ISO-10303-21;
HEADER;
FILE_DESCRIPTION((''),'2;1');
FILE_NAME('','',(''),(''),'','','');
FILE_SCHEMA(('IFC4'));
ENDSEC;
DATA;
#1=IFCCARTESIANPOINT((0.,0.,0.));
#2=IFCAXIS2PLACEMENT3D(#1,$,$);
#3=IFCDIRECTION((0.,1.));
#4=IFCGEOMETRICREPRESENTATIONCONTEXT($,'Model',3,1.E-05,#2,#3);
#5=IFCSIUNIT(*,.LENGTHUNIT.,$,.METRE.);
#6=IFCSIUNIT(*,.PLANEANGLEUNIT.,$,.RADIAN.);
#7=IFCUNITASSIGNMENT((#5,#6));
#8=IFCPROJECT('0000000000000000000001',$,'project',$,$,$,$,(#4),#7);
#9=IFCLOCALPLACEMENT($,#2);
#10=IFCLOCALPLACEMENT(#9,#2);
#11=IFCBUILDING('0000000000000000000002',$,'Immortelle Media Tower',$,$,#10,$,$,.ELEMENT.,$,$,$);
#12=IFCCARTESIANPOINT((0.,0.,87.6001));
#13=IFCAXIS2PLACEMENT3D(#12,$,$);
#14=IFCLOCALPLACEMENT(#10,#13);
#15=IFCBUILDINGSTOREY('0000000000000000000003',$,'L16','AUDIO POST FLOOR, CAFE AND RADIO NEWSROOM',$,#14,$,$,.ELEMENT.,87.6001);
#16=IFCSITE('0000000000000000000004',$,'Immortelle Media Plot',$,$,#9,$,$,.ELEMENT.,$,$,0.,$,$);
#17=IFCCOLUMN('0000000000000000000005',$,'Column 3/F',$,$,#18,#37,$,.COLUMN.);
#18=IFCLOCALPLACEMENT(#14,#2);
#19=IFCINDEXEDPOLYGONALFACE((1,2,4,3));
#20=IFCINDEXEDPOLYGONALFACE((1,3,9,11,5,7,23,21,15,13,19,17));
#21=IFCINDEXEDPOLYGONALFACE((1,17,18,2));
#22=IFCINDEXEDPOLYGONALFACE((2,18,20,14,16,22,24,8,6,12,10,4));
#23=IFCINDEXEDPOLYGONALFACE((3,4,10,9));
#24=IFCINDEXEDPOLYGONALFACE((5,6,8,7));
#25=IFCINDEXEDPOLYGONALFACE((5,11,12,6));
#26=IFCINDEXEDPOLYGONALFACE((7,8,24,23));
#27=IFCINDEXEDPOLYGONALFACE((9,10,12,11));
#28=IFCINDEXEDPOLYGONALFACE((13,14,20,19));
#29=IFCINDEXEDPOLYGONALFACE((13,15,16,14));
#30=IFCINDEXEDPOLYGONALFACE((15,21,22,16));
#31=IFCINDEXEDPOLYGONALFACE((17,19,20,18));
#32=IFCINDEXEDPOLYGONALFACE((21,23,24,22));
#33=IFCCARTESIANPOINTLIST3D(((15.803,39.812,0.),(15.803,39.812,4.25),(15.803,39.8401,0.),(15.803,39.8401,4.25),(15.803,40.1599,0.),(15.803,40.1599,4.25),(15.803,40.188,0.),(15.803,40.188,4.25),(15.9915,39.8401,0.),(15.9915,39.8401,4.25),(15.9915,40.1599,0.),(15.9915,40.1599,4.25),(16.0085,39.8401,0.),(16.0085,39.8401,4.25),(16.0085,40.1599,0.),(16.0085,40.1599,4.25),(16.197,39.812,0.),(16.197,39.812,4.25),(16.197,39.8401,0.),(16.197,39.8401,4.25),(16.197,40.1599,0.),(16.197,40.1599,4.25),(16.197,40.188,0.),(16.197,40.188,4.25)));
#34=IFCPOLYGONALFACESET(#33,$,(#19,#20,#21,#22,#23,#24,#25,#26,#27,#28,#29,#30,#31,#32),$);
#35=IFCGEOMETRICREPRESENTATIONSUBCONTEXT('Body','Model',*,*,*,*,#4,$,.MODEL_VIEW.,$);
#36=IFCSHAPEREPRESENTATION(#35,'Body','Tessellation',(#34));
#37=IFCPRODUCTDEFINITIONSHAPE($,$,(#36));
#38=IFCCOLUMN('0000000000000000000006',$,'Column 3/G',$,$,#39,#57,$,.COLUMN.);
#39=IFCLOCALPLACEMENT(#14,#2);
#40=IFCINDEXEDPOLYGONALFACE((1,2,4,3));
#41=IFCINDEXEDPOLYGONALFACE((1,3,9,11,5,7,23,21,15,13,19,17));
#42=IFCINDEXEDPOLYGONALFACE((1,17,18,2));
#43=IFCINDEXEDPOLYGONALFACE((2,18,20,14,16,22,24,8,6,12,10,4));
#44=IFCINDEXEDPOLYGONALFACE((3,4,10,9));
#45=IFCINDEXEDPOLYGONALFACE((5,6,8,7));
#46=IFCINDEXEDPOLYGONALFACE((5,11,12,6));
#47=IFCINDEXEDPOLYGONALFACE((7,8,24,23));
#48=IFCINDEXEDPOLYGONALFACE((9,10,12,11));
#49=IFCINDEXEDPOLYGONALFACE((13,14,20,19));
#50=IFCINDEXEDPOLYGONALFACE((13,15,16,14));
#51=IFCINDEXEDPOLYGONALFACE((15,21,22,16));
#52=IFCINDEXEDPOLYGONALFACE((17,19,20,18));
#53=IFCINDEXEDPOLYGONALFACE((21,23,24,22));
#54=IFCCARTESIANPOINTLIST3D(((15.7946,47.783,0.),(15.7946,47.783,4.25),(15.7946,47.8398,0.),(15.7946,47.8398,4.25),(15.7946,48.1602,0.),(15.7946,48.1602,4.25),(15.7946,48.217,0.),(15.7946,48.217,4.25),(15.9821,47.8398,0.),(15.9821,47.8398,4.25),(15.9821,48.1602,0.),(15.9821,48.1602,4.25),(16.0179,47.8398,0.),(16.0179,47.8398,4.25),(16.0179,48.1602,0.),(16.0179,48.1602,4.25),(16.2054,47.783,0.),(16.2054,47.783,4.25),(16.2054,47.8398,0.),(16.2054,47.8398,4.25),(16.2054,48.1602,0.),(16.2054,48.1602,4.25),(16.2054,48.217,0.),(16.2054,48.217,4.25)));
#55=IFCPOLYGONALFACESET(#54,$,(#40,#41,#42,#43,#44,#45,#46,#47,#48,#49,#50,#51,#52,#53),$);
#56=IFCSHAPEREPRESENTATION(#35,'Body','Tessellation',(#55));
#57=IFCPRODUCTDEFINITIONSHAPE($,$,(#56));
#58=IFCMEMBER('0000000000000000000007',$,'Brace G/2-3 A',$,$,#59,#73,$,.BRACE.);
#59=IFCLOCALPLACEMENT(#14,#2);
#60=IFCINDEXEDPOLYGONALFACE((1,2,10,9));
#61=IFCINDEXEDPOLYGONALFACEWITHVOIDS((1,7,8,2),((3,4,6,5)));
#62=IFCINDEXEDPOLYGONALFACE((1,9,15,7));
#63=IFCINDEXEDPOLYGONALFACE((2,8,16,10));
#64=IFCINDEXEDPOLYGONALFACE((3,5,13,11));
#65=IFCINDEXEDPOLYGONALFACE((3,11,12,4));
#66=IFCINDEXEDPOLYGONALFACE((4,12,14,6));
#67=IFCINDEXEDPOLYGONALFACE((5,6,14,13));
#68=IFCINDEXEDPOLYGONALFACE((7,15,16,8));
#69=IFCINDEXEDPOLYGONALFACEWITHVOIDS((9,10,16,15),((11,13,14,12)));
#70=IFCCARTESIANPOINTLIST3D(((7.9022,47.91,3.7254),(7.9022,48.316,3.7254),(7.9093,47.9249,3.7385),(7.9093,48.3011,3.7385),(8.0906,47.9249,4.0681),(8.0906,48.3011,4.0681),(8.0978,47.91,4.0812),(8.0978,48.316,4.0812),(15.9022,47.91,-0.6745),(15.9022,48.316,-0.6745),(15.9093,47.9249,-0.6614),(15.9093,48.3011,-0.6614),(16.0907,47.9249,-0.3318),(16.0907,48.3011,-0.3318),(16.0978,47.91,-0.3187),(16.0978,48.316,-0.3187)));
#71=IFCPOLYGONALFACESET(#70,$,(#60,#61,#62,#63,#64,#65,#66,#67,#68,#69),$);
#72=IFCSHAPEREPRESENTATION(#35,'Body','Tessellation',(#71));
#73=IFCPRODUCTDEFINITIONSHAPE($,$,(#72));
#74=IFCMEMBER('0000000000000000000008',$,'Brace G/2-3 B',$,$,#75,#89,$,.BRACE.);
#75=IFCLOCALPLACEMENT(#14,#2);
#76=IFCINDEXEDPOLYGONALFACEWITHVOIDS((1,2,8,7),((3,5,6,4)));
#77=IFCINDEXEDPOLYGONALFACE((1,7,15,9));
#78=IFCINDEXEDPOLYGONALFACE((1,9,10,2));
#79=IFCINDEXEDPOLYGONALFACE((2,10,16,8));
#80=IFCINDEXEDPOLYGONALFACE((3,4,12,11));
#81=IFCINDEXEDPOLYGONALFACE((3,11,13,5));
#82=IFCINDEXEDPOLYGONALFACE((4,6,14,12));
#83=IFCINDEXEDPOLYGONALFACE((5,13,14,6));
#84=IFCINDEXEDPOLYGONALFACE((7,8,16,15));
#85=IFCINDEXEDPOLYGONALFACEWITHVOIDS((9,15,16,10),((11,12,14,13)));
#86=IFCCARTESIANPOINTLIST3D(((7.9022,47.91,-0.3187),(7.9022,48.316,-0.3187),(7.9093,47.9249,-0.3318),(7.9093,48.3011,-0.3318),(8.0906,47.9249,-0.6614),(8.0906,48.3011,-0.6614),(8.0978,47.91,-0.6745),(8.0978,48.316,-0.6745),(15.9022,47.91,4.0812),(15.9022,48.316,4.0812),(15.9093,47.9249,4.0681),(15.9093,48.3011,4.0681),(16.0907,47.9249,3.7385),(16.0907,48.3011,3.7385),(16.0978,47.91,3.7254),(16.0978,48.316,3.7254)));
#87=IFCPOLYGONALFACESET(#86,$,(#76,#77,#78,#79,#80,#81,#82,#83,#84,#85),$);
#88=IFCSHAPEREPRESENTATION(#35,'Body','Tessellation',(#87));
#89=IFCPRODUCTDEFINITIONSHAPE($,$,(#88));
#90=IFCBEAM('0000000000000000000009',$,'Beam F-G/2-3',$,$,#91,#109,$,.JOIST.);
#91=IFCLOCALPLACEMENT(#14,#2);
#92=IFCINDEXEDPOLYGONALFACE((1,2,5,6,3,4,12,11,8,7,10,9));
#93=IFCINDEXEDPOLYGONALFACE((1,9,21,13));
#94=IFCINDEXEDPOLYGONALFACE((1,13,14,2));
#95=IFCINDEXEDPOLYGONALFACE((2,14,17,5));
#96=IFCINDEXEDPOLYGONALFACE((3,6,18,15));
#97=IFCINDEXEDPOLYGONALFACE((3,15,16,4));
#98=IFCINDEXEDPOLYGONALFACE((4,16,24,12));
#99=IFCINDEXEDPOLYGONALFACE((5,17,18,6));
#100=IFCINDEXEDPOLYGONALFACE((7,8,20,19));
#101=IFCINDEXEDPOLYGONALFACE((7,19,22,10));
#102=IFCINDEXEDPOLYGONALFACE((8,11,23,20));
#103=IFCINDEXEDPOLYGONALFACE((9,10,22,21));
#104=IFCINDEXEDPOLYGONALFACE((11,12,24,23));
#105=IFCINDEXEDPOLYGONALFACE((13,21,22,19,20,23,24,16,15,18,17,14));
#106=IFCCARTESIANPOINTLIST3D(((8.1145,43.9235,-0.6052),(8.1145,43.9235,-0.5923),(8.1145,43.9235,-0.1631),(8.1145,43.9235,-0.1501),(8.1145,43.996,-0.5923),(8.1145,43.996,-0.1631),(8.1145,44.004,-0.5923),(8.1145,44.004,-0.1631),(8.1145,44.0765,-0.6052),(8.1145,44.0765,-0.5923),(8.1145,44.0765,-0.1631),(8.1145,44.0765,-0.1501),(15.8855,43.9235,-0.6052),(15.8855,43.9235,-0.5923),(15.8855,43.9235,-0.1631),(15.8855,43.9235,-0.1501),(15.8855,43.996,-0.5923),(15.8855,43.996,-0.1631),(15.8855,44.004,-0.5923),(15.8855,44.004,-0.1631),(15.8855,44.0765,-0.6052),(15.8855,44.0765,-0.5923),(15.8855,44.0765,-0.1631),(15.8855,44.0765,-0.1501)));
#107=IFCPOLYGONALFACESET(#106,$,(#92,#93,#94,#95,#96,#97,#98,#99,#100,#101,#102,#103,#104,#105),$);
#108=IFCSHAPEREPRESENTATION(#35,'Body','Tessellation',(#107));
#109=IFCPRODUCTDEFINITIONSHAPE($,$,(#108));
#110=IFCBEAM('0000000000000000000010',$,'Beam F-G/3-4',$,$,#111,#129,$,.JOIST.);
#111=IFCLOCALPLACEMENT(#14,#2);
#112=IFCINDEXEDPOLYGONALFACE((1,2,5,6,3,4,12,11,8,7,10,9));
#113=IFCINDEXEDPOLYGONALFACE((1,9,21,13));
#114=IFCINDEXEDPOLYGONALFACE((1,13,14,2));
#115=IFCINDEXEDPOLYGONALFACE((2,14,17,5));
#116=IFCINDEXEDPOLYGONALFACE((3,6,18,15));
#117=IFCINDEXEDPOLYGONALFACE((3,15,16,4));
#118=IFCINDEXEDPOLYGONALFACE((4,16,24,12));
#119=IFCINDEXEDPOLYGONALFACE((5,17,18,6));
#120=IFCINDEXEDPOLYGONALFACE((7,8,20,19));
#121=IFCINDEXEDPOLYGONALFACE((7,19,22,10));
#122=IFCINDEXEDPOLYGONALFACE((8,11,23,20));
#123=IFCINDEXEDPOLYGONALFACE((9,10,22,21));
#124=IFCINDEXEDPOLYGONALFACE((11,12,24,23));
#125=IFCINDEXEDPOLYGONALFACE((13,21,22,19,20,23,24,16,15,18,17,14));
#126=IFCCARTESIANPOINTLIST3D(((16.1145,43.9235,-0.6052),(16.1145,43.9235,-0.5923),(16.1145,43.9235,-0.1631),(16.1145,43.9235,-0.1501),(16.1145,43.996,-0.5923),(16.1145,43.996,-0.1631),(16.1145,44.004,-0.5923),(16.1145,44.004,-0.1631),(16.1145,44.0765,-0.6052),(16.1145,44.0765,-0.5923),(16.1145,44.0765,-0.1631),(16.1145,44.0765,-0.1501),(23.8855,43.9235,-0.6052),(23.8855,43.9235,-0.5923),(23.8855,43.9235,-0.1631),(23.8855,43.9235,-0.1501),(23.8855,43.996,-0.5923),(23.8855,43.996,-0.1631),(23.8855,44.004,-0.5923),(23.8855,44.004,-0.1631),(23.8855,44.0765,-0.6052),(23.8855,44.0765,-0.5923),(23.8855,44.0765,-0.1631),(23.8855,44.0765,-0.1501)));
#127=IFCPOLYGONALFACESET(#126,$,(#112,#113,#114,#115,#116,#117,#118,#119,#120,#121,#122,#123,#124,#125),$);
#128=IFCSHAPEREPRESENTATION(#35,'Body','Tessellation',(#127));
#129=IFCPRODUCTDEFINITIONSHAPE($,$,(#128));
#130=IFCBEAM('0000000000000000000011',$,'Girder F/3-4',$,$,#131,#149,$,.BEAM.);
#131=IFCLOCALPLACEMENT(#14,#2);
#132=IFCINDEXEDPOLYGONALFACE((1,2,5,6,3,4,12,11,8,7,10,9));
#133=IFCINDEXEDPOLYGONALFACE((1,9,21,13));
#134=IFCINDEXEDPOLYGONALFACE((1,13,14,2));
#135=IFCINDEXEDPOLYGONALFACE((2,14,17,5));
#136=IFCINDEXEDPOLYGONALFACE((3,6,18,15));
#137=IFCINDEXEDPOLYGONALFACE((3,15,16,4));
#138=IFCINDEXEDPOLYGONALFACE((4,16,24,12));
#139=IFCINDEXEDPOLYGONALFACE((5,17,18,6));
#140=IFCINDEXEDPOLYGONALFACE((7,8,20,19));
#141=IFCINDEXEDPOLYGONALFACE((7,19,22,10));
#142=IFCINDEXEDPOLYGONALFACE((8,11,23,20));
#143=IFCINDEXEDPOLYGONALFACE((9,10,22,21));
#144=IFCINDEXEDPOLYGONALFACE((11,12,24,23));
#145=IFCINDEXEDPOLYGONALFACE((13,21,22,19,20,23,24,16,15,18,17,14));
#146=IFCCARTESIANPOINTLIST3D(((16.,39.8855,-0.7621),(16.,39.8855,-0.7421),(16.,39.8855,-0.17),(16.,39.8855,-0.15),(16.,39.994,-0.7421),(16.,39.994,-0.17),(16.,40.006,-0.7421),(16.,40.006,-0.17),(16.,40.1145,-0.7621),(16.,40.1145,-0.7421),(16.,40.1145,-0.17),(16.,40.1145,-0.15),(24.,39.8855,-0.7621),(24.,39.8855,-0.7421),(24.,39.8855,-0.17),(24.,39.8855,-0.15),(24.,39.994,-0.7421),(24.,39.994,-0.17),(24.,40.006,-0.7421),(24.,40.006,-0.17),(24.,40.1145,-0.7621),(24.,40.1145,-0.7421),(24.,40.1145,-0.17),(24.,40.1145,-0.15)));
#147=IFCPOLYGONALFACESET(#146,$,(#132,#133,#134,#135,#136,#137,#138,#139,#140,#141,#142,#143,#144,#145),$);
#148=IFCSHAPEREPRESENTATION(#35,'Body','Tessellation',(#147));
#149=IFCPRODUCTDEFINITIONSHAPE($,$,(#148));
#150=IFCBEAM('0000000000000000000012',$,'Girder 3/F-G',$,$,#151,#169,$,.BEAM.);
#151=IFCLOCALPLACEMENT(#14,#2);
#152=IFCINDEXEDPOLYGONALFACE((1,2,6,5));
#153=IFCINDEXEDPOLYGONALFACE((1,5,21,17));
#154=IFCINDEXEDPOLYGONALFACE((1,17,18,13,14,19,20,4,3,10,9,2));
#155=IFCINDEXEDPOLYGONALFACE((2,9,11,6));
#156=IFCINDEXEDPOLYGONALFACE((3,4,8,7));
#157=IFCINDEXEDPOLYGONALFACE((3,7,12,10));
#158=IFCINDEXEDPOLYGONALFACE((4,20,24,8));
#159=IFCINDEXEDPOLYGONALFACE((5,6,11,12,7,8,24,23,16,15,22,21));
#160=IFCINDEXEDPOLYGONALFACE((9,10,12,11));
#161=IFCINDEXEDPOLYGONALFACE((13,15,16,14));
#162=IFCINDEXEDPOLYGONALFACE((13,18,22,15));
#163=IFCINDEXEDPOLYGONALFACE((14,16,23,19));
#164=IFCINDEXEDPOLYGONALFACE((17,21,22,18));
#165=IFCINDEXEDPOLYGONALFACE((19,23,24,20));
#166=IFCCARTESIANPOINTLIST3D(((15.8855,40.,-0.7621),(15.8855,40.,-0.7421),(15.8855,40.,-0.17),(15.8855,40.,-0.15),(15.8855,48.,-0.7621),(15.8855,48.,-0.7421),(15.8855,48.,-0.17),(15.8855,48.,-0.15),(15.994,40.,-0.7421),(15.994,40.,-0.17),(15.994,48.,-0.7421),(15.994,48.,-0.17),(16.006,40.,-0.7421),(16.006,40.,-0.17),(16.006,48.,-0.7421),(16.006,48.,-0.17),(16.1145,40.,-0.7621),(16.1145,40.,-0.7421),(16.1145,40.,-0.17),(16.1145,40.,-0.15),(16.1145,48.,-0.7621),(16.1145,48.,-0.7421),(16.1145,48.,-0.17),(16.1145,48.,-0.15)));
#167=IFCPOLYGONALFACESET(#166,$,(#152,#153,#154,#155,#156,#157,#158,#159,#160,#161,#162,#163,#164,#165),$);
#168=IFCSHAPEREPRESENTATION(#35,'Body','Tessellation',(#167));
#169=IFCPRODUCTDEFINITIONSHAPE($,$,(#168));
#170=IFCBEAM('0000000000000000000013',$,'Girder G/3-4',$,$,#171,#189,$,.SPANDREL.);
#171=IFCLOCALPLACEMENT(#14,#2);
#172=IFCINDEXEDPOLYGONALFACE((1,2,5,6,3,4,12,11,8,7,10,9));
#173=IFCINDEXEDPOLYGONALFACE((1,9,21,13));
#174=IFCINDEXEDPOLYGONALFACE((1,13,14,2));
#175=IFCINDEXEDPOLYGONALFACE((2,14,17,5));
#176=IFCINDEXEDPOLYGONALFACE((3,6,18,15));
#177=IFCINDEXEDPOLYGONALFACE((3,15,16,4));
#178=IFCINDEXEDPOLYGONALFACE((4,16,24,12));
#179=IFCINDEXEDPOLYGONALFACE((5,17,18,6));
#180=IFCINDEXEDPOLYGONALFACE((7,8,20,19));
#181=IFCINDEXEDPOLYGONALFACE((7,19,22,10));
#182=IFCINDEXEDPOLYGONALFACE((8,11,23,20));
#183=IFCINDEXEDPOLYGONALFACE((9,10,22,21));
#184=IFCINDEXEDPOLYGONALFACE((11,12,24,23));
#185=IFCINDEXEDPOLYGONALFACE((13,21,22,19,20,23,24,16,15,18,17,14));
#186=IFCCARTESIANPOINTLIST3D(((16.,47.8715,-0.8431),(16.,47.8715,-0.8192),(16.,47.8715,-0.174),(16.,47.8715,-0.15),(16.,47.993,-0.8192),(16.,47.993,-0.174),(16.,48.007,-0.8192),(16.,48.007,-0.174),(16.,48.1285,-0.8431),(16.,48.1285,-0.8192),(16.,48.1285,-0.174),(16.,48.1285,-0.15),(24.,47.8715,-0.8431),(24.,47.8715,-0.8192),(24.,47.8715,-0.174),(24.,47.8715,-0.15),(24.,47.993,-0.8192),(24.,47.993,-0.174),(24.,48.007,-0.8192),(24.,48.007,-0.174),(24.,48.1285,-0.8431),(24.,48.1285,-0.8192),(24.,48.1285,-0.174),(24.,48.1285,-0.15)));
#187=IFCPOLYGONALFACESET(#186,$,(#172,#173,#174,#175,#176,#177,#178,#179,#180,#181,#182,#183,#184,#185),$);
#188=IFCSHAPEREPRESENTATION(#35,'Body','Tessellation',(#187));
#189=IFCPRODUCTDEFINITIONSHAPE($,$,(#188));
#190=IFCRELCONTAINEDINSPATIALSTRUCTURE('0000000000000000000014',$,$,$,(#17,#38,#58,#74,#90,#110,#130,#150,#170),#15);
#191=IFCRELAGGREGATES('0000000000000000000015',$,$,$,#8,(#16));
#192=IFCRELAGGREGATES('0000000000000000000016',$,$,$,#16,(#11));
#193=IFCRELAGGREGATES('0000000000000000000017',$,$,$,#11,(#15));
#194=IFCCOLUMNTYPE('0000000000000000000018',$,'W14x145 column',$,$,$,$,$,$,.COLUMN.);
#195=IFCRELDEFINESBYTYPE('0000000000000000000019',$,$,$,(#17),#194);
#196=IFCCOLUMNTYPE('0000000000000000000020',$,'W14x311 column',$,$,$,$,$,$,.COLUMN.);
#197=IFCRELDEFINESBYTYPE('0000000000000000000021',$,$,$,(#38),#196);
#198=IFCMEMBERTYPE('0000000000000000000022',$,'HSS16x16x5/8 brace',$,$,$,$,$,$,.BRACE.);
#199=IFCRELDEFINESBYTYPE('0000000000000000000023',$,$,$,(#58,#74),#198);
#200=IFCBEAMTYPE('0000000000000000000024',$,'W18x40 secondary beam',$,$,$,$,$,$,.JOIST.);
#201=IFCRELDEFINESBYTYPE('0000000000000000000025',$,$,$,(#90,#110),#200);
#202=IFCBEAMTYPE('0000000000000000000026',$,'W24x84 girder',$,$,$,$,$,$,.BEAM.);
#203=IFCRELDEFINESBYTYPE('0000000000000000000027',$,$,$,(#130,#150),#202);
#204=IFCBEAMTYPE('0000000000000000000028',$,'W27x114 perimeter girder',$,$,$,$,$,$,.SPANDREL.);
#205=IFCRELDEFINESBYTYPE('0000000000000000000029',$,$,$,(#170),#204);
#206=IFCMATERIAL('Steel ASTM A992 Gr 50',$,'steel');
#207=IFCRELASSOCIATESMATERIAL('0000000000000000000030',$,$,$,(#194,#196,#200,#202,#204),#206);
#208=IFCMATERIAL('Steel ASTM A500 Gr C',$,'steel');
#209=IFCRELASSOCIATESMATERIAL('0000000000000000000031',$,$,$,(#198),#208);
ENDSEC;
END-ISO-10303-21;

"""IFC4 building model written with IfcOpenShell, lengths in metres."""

from ifc_helpers import new_model, si_unit, direction, frame, origin, origin_2d, place, context, subcontext, project, spatial, hollow_rectangle, i_section, extrude, material, material_profile, profile_set, type_object, element, save


model = new_model("IFC4")

# Units and contexts
model_context = context("Model", 3, precision=1e-05, world=origin(), true_north=direction((0.0, 1.0)))
body_context = subcontext(model_context, "Body", "Model", "MODEL_VIEW")
ifc_project = project(units=[si_unit("LENGTHUNIT", "METRE"), si_unit("PLANEANGLEUNIT", "RADIAN")], contexts=[model_context])

# Site, building, storey
site_placement = place(None, origin())
site = spatial("IfcSite", under=ifc_project, at=site_placement, Name="Immortelle Media Plot", CompositionType="ELEMENT", RefElevation=0.0)
building_placement = place(site_placement, origin())
building = spatial("IfcBuilding", under=site, at=building_placement, Name="Immortelle Media Tower", CompositionType="ELEMENT")
storey_placement = place(building_placement, frame((0.0, 0.0, 87.6001)))
storey = spatial("IfcBuildingStorey", under=building, at=storey_placement, Name="L16", Description="AUDIO POST FLOOR, CAFE AND RADIO NEWSROOM", CompositionType="ELEMENT", Elevation=87.6001)

# Columns
ifc_material_1 = material(Name="Steel ASTM A992 Gr 50", Category="steel")
ifc_material_profile_1 = material_profile(ifc_material_1, i_section(OverallWidth=0.394, OverallDepth=0.376, WebThickness=0.0171, FlangeThickness=0.0281, at=origin_2d()), Name="W14x145")
ifc_profile_set_1 = profile_set([ifc_material_profile_1], Name="Steel ASTM A992 Gr 50")
column_type_1 = type_object("IfcColumnType", Name="W14x145 column", PredefinedType="COLUMN", material=ifc_profile_set_1)
column_1_placement = place(storey_placement, frame((16.0, 40.0, 0.0), z_axis=(0.0, 0.0, 1.0), x_axis=(1.0, 0.0, 0.0)))
element("IfcColumn", 1, at=column_1_placement, inside=storey, type_object=column_type_1, Name="Column 3/F", PredefinedType="COLUMN", context=body_context, shape_type="SweptSolid", body=[
    extrude(i_section(OverallWidth=0.394, OverallDepth=0.376, WebThickness=0.0171, FlangeThickness=0.0281, at=origin_2d()), origin(), (0.0, 0.0, 1.0), 4.25),
])
ifc_material_profile_2 = material_profile(ifc_material_1, i_section(OverallWidth=0.4109, OverallDepth=0.4341, WebThickness=0.0359, FlangeThickness=0.0569, at=origin_2d()), Name="W14x311")
ifc_profile_set_2 = profile_set([ifc_material_profile_2], Name="Steel ASTM A992 Gr 50")
column_type_2 = type_object("IfcColumnType", Name="W14x311 column", PredefinedType="COLUMN", material=ifc_profile_set_2)
column_2_placement = place(storey_placement, frame((16.0, 48.0, 0.0), z_axis=(0.0, 0.0, 1.0), x_axis=(1.0, 0.0, 0.0)))
element("IfcColumn", 2, at=column_2_placement, inside=storey, type_object=column_type_2, Name="Column 3/G", PredefinedType="COLUMN", context=body_context, shape_type="SweptSolid", body=[
    extrude(i_section(OverallWidth=0.4109, OverallDepth=0.4341, WebThickness=0.0359, FlangeThickness=0.0569, at=origin_2d()), origin(), (0.0, 0.0, 1.0), 4.25),
])

# Members
ifc_material_2 = material(Name="Steel ASTM A500 Gr C", Category="steel")
ifc_material_profile_3 = material_profile(ifc_material_2, hollow_rectangle(XDim=0.406, YDim=0.406, WallThickness=0.0149, at=origin_2d()), Name="HSS16x16x5/8 brace")
ifc_profile_set_3 = profile_set([ifc_material_profile_3], Name="Steel ASTM A500 Gr C")
member_type = type_object("IfcMemberType", Name="HSS16x16x5/8 brace", PredefinedType="BRACE", material=ifc_profile_set_3)
for number, where, z_axis, x_axis, name in (
    (3, (16.0, 48.113, -0.4966), (-0.87622, 0.0, 0.481911), (0.0, -1.0, 0.0), "Brace G/2-3 A"),
    (4, (16.0, 48.113, 3.9033), (-0.87622, 0.0, -0.481911), (0.0, -1.0, 0.0), "Brace G/2-3 B"),
):
    element("IfcMember", number, at=place(storey_placement, frame(where, z_axis=z_axis, x_axis=x_axis)), inside=storey, type_object=member_type, Name=name, PredefinedType="BRACE", context=body_context, shape_type="SweptSolid", body=[
        extrude(hollow_rectangle(XDim=0.406, YDim=0.406, WallThickness=0.0149, at=origin_2d()), origin(), (0.0, 0.0, 1.0), 9.1301),
    ])

# Beams
ifc_material_profile_4 = material_profile(ifc_material_1, i_section(OverallWidth=0.1531, OverallDepth=0.4551, WebThickness=0.0081, FlangeThickness=0.0129, at=origin_2d()), Name="W18x40")
ifc_profile_set_4 = profile_set([ifc_material_profile_4], Name="Steel ASTM A992 Gr 50")
beam_type_1 = type_object("IfcBeamType", Name="W18x40 secondary beam", PredefinedType="JOIST", material=ifc_profile_set_4)
for number, where, z_axis, x_axis, name in (
    (5, (8.1145, 44.0, -0.3777), (1.0, 0.0, 0.0), (0.0, 1.0, 0.0), "Beam F-G/2-3"),
    (6, (16.1145, 44.0, -0.3777), (1.0, 0.0, 0.0), (0.0, 1.0, 0.0), "Beam F-G/3-4"),
):
    element("IfcBeam", number, at=place(storey_placement, frame(where, z_axis=z_axis, x_axis=x_axis)), inside=storey, type_object=beam_type_1, Name=name, PredefinedType="JOIST", context=body_context, shape_type="SweptSolid", body=[
        extrude(i_section(OverallWidth=0.1531, OverallDepth=0.4551, WebThickness=0.0081, FlangeThickness=0.0129, at=origin_2d()), origin(), (0.0, 0.0, 1.0), 7.771),
    ])
ifc_material_profile_5 = material_profile(ifc_material_1, i_section(OverallWidth=0.229, OverallDepth=0.6121, WebThickness=0.012, FlangeThickness=0.02, at=origin_2d()), Name="W24x84")
ifc_profile_set_5 = profile_set([ifc_material_profile_5], Name="Steel ASTM A992 Gr 50")
beam_type_2 = type_object("IfcBeamType", Name="W24x84 girder", PredefinedType="BEAM", material=ifc_profile_set_5)
for number, where, z_axis, x_axis, name in (
    (7, (16.0, 40.0, -0.4561), (1.0, 0.0, 0.0), (0.0, 1.0, 0.0), "Girder F/3-4"),
    (8, (16.0, 40.0, -0.4561), (0.0, 1.0, 0.0), (-1.0, 0.0, 0.0), "Girder 3/F-G"),
):
    element("IfcBeam", number, at=place(storey_placement, frame(where, z_axis=z_axis, x_axis=x_axis)), inside=storey, type_object=beam_type_2, Name=name, PredefinedType="BEAM", context=body_context, shape_type="SweptSolid", body=[
        extrude(i_section(OverallWidth=0.229, OverallDepth=0.6121, WebThickness=0.012, FlangeThickness=0.02, at=origin_2d()), origin(), (0.0, 0.0, 1.0), 8.0),
    ])
ifc_material_profile_6 = material_profile(ifc_material_1, i_section(OverallWidth=0.2571, OverallDepth=0.6931, WebThickness=0.0139, FlangeThickness=0.0239, at=origin_2d()), Name="W27x114")
ifc_profile_set_6 = profile_set([ifc_material_profile_6], Name="Steel ASTM A992 Gr 50")
beam_type_3 = type_object("IfcBeamType", Name="W27x114 perimeter girder", PredefinedType="SPANDREL", material=ifc_profile_set_6)
beam_placement = place(storey_placement, frame((16.0, 48.0, -0.4966), z_axis=(1.0, 0.0, 0.0), x_axis=(0.0, 1.0, 0.0)))
element("IfcBeam", 9, at=beam_placement, inside=storey, type_object=beam_type_3, Name="Girder G/3-4", PredefinedType="SPANDREL", context=body_context, shape_type="SweptSolid", body=[
    extrude(i_section(OverallWidth=0.2571, OverallDepth=0.6931, WebThickness=0.0139, FlangeThickness=0.0239, at=origin_2d()), origin(), (0.0, 0.0, 1.0), 8.0),
])

save(model, "model.ifc")
